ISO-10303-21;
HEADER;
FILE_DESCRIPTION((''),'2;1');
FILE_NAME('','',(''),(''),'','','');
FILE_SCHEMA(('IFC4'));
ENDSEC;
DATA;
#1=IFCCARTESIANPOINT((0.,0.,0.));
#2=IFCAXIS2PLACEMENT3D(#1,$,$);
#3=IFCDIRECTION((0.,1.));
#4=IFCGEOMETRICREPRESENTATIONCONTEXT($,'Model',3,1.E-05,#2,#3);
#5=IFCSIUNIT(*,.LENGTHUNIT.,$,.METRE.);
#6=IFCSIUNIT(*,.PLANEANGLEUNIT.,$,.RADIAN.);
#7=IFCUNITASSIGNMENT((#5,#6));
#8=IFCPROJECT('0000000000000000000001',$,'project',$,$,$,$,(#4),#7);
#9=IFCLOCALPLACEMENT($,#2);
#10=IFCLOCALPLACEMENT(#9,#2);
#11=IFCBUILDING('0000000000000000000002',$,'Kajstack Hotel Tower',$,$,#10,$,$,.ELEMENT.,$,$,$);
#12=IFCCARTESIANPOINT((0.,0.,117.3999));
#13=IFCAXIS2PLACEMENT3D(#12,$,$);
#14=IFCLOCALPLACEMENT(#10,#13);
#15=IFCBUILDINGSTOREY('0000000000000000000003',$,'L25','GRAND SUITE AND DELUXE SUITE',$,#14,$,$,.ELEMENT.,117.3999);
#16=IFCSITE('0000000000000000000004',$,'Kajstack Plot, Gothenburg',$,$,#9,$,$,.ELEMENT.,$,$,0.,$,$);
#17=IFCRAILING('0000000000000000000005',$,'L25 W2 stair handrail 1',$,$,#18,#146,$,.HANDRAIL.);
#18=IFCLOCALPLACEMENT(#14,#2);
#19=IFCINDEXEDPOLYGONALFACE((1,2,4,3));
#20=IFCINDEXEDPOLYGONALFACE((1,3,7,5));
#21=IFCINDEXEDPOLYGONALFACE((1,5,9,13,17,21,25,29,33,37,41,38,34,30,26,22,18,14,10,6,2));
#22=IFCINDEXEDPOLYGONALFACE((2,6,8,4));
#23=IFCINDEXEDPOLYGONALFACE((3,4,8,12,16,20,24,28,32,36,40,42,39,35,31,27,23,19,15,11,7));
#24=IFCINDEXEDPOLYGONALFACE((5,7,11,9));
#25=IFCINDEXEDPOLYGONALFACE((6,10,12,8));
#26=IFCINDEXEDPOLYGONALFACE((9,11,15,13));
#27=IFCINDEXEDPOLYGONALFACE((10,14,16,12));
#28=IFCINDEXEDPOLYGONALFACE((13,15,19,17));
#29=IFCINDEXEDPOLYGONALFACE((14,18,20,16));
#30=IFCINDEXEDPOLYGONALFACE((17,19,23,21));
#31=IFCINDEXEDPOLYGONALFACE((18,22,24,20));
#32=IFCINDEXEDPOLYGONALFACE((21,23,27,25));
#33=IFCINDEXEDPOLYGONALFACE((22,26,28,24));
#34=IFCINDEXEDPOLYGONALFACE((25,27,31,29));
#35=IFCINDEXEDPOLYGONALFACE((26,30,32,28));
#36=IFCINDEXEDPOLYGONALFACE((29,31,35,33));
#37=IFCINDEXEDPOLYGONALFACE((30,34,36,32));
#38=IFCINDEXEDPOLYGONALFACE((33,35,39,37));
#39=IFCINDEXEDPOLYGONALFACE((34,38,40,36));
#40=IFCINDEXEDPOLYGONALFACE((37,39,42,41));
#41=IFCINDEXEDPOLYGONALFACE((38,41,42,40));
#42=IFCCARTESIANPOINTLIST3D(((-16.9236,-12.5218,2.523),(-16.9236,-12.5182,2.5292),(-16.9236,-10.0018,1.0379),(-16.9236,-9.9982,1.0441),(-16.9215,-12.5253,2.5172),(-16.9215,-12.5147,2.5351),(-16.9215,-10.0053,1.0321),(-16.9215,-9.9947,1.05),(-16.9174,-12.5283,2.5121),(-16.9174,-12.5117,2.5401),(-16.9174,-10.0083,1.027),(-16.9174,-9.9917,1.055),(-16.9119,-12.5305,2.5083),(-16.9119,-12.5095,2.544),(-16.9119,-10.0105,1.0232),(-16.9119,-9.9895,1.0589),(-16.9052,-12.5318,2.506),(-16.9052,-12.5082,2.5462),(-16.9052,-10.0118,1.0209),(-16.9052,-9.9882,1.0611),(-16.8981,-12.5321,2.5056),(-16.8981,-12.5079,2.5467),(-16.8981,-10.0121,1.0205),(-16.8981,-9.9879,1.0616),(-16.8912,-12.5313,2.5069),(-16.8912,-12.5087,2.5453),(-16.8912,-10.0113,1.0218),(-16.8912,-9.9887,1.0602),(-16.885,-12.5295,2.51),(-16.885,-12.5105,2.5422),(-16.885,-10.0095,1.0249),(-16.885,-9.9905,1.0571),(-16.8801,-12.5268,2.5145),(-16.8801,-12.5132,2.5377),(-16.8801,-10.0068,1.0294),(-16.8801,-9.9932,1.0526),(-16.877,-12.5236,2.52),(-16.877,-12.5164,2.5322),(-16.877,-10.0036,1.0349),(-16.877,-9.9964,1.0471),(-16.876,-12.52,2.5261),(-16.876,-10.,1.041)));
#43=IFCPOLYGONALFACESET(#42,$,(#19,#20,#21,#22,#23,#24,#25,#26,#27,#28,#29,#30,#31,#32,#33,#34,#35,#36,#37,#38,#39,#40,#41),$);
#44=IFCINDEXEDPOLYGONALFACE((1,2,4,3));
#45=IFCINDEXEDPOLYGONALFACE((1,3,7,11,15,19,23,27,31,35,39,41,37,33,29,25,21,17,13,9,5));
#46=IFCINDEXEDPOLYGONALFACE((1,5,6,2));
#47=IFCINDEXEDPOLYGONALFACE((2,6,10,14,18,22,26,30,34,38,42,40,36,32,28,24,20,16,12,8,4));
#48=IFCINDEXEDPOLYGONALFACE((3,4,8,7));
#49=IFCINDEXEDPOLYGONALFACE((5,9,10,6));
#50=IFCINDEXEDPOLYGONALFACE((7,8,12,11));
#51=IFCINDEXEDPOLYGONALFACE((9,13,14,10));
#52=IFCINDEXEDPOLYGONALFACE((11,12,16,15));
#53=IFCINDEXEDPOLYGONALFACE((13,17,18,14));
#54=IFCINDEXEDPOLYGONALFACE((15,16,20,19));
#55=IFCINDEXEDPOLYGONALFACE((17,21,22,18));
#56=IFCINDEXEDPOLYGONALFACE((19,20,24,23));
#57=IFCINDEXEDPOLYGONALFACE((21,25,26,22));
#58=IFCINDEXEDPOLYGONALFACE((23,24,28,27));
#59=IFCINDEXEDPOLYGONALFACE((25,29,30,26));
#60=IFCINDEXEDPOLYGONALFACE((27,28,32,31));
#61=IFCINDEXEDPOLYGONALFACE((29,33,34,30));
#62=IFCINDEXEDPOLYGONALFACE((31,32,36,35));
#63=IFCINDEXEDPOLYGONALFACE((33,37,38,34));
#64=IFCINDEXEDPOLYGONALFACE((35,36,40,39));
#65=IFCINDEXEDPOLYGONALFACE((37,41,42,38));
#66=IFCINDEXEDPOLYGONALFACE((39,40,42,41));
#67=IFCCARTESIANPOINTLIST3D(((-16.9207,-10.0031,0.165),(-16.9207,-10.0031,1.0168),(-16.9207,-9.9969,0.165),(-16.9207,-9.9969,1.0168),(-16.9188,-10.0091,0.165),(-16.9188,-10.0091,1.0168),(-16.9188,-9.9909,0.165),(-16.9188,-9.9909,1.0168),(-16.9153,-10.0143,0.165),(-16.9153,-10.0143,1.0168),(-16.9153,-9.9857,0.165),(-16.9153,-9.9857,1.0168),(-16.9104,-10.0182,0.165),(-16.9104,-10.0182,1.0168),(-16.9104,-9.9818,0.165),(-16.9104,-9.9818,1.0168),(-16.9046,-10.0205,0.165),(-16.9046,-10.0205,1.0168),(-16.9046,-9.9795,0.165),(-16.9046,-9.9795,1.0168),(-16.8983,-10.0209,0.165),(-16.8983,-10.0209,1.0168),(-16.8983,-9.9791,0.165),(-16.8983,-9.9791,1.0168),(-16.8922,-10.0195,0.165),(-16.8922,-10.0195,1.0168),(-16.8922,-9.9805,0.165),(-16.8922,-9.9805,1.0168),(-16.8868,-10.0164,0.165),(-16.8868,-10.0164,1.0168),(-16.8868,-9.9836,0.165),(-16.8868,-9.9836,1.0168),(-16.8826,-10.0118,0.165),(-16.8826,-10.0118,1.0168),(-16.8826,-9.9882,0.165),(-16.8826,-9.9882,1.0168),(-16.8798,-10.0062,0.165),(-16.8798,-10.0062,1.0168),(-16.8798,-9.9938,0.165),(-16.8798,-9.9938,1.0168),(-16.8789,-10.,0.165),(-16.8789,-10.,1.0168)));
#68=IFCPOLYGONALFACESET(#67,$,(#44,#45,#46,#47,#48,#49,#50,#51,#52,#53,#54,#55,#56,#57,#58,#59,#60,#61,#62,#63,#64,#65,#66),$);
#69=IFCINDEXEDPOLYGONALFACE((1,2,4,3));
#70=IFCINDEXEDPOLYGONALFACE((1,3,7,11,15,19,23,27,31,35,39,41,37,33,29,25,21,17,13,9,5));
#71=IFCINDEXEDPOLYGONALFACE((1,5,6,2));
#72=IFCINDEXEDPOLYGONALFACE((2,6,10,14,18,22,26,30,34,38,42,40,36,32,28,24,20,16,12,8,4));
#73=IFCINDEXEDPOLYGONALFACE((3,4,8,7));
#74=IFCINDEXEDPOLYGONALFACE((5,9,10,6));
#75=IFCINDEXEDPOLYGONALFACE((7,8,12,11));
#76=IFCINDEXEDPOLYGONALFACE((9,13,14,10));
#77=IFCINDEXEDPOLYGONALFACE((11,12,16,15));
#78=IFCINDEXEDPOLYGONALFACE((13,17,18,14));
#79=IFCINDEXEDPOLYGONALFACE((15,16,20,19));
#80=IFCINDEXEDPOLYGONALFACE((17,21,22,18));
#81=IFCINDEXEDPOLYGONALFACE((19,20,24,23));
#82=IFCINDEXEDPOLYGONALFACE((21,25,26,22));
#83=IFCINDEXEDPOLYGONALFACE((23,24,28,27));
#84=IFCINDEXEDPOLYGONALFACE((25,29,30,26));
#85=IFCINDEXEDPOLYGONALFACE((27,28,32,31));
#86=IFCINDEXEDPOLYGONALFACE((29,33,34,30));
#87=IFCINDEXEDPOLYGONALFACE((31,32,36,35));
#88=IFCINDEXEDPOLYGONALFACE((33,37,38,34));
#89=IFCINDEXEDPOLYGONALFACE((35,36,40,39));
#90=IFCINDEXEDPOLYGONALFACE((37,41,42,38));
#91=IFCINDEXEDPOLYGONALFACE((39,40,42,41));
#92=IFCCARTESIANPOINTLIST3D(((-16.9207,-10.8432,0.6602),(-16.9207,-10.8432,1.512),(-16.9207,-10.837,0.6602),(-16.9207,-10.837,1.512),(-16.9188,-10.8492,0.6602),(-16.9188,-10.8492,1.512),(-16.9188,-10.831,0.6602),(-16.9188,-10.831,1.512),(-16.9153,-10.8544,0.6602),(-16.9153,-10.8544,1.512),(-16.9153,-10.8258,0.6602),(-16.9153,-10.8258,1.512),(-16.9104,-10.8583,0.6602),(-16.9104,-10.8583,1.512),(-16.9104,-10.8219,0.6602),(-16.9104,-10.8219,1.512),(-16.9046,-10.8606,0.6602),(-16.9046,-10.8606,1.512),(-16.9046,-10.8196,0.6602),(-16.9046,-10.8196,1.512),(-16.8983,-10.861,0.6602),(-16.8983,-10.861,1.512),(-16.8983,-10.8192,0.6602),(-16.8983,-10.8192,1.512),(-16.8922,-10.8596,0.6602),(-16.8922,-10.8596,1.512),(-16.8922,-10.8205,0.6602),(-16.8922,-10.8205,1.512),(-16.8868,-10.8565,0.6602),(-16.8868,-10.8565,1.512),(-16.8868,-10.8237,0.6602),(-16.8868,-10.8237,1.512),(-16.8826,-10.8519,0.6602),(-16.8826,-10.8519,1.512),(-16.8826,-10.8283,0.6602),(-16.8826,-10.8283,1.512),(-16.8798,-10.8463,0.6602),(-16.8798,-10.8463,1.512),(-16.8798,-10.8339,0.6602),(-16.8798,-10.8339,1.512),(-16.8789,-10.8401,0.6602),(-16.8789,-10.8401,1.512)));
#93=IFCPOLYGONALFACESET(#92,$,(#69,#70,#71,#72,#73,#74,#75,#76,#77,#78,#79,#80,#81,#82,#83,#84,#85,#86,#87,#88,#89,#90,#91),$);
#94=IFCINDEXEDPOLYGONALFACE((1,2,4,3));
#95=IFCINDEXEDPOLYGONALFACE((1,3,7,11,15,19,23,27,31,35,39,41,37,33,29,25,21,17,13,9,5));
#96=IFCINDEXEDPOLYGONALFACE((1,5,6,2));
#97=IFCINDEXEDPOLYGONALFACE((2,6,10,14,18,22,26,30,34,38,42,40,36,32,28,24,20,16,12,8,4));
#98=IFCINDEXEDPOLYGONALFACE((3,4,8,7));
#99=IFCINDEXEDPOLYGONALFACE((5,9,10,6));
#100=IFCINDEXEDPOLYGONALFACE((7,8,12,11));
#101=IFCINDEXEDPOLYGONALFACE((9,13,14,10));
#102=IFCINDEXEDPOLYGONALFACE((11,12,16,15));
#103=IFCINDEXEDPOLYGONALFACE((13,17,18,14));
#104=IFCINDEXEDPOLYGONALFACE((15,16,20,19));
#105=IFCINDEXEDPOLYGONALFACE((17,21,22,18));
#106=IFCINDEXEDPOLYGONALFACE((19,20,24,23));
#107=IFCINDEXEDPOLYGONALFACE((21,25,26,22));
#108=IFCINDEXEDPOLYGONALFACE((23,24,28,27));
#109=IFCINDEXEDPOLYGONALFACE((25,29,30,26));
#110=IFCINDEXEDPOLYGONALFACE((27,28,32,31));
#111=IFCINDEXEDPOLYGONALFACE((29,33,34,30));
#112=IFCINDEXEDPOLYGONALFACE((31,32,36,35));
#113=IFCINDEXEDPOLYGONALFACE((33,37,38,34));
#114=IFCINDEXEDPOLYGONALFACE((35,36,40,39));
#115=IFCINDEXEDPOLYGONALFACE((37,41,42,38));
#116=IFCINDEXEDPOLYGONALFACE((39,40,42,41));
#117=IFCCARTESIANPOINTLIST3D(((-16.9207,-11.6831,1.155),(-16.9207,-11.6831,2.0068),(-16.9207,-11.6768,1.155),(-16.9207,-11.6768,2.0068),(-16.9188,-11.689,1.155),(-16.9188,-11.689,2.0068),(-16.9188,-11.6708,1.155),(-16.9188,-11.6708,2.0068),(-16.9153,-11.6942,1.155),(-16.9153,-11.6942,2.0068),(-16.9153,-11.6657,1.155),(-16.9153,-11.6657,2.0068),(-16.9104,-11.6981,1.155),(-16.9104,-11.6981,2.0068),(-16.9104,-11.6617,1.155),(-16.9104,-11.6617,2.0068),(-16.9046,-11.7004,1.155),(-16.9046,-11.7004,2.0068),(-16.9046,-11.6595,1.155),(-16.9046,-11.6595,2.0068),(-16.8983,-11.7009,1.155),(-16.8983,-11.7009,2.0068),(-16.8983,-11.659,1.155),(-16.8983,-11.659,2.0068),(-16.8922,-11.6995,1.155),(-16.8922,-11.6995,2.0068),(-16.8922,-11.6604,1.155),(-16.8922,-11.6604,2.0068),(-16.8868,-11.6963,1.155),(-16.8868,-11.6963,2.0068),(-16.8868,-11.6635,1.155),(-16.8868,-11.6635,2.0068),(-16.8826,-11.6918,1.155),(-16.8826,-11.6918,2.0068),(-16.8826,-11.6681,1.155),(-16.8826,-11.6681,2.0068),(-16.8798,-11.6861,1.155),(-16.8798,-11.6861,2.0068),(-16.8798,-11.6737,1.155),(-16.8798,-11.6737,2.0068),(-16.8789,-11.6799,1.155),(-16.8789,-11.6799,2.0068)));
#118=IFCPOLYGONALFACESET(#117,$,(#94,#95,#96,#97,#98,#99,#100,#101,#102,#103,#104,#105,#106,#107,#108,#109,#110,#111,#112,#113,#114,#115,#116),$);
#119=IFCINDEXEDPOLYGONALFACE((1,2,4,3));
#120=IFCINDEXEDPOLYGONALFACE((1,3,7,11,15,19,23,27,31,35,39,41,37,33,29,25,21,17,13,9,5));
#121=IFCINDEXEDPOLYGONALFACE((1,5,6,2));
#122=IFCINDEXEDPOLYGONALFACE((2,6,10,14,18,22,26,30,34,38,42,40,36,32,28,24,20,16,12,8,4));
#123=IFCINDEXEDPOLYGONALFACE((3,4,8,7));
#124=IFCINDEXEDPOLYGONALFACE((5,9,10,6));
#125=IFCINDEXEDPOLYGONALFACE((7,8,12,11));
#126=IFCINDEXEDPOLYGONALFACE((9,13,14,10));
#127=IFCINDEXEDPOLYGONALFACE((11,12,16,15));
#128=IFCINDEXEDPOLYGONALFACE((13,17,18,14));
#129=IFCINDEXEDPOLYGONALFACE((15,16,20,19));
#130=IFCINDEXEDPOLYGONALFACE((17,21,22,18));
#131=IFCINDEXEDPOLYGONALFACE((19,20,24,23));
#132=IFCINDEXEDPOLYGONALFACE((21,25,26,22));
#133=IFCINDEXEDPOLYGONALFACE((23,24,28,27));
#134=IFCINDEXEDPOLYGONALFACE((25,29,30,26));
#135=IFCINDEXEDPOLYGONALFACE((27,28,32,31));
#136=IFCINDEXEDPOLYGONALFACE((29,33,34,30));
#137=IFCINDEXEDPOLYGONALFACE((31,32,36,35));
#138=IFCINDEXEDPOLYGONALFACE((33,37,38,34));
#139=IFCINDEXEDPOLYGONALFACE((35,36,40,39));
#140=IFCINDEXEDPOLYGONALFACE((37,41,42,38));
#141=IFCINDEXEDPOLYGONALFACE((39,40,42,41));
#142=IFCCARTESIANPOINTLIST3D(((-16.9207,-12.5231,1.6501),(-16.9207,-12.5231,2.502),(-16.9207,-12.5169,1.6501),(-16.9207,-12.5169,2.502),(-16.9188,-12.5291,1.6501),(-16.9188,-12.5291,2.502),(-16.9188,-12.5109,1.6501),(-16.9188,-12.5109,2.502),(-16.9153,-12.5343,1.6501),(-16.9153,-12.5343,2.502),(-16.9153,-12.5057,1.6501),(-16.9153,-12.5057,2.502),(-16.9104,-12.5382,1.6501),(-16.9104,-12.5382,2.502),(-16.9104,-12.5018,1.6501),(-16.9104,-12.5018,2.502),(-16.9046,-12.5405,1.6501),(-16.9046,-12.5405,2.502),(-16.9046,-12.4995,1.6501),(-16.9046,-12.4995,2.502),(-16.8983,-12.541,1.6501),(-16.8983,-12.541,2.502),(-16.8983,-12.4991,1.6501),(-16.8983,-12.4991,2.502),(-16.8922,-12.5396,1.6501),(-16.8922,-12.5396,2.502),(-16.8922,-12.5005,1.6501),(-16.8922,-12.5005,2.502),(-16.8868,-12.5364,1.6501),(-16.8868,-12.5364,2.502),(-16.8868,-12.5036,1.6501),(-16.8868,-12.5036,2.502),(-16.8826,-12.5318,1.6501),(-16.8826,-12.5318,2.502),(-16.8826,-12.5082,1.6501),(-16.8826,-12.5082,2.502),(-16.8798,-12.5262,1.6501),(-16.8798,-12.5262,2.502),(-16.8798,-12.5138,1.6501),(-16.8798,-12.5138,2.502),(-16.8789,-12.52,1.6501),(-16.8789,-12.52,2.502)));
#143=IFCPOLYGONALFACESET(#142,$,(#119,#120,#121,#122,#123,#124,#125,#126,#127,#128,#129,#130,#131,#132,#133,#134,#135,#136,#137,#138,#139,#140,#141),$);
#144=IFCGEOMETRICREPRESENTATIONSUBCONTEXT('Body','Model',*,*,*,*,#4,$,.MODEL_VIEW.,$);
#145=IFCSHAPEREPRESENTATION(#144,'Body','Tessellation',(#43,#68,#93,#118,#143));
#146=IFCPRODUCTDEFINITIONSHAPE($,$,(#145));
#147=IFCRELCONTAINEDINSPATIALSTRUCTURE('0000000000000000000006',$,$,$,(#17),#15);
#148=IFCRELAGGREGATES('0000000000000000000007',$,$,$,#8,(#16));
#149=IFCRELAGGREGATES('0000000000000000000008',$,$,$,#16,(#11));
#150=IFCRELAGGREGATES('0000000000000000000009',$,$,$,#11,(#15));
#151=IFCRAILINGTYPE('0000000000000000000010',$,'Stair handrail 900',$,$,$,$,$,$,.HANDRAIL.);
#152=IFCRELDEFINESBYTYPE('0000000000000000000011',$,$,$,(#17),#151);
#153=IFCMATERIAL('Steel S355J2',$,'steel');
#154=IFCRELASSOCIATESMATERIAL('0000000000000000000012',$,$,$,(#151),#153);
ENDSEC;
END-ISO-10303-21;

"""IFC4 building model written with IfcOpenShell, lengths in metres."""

from ifc_helpers import new_model, si_unit, direction, frame, origin, origin_2d, place, context, subcontext, project, spatial, circle, extrude, material, type_object, element, save


model = new_model("IFC4")

# Units and contexts
model_context = context("Model", 3, precision=1e-05, world=origin(), true_north=direction((0.0, 1.0)))
body_context = subcontext(model_context, "Body", "Model", "MODEL_VIEW")
ifc_project = project(units=[si_unit("LENGTHUNIT", "METRE"), si_unit("PLANEANGLEUNIT", "RADIAN")], contexts=[model_context])

# Site, building, storey
site_placement = place(None, origin())
site = spatial("IfcSite", under=ifc_project, at=site_placement, Name="Kajstack Plot, Gothenburg", CompositionType="ELEMENT", RefElevation=0.0)
building_placement = place(site_placement, origin())
building = spatial("IfcBuilding", under=site, at=building_placement, Name="Kajstack Hotel Tower", CompositionType="ELEMENT")
storey_placement = place(building_placement, frame((0.0, 0.0, 117.3999)))
storey = spatial("IfcBuildingStorey", under=building, at=storey_placement, Name="L25", Description="GRAND SUITE AND DELUXE SUITE", CompositionType="ELEMENT", Elevation=117.3999)

# Railing
ifc_material_1 = material(Name="Steel S355J2", Category="steel")
railing_type_1 = type_object("IfcRailingType", Name="Stair handrail 900", PredefinedType="HANDRAIL", material=ifc_material_1)
railing_1_placement = place(storey_placement, frame((-16.8999, -10.0, 0.165)))
element("IfcRailing", 1, at=railing_1_placement, inside=storey, type_object=railing_type_1, Name="L25 W2 stair handrail 1", PredefinedType="HANDRAIL", context=body_context, shape_type="SweptSolid", body=[
    extrude(circle(Radius=0.0239, at=origin_2d()), frame((0.0, 0.0, 0.876), z_axis=(0.0, -0.861524, 0.507717), x_axis=(1.0, 0.0, 0.0)), (0.0, 0.0, 1.0), 2.925),
    extrude(circle(Radius=0.021, at=origin_2d()), origin(), (0.0, 0.0, 1.0), 0.8518),
    extrude(circle(Radius=0.021, at=origin_2d()), frame((0.0, -0.8401, 0.4951)), (0.0, 0.0, 1.0), 0.8518),
    extrude(circle(Radius=0.021, at=origin_2d()), frame((0.0, -1.6799, 0.99)), (0.0, 0.0, 1.0), 0.8518),
    extrude(circle(Radius=0.021, at=origin_2d()), frame((0.0, -2.52, 1.4851)), (0.0, 0.0, 1.0), 0.8518),
])

save(model, "model.ifc")
